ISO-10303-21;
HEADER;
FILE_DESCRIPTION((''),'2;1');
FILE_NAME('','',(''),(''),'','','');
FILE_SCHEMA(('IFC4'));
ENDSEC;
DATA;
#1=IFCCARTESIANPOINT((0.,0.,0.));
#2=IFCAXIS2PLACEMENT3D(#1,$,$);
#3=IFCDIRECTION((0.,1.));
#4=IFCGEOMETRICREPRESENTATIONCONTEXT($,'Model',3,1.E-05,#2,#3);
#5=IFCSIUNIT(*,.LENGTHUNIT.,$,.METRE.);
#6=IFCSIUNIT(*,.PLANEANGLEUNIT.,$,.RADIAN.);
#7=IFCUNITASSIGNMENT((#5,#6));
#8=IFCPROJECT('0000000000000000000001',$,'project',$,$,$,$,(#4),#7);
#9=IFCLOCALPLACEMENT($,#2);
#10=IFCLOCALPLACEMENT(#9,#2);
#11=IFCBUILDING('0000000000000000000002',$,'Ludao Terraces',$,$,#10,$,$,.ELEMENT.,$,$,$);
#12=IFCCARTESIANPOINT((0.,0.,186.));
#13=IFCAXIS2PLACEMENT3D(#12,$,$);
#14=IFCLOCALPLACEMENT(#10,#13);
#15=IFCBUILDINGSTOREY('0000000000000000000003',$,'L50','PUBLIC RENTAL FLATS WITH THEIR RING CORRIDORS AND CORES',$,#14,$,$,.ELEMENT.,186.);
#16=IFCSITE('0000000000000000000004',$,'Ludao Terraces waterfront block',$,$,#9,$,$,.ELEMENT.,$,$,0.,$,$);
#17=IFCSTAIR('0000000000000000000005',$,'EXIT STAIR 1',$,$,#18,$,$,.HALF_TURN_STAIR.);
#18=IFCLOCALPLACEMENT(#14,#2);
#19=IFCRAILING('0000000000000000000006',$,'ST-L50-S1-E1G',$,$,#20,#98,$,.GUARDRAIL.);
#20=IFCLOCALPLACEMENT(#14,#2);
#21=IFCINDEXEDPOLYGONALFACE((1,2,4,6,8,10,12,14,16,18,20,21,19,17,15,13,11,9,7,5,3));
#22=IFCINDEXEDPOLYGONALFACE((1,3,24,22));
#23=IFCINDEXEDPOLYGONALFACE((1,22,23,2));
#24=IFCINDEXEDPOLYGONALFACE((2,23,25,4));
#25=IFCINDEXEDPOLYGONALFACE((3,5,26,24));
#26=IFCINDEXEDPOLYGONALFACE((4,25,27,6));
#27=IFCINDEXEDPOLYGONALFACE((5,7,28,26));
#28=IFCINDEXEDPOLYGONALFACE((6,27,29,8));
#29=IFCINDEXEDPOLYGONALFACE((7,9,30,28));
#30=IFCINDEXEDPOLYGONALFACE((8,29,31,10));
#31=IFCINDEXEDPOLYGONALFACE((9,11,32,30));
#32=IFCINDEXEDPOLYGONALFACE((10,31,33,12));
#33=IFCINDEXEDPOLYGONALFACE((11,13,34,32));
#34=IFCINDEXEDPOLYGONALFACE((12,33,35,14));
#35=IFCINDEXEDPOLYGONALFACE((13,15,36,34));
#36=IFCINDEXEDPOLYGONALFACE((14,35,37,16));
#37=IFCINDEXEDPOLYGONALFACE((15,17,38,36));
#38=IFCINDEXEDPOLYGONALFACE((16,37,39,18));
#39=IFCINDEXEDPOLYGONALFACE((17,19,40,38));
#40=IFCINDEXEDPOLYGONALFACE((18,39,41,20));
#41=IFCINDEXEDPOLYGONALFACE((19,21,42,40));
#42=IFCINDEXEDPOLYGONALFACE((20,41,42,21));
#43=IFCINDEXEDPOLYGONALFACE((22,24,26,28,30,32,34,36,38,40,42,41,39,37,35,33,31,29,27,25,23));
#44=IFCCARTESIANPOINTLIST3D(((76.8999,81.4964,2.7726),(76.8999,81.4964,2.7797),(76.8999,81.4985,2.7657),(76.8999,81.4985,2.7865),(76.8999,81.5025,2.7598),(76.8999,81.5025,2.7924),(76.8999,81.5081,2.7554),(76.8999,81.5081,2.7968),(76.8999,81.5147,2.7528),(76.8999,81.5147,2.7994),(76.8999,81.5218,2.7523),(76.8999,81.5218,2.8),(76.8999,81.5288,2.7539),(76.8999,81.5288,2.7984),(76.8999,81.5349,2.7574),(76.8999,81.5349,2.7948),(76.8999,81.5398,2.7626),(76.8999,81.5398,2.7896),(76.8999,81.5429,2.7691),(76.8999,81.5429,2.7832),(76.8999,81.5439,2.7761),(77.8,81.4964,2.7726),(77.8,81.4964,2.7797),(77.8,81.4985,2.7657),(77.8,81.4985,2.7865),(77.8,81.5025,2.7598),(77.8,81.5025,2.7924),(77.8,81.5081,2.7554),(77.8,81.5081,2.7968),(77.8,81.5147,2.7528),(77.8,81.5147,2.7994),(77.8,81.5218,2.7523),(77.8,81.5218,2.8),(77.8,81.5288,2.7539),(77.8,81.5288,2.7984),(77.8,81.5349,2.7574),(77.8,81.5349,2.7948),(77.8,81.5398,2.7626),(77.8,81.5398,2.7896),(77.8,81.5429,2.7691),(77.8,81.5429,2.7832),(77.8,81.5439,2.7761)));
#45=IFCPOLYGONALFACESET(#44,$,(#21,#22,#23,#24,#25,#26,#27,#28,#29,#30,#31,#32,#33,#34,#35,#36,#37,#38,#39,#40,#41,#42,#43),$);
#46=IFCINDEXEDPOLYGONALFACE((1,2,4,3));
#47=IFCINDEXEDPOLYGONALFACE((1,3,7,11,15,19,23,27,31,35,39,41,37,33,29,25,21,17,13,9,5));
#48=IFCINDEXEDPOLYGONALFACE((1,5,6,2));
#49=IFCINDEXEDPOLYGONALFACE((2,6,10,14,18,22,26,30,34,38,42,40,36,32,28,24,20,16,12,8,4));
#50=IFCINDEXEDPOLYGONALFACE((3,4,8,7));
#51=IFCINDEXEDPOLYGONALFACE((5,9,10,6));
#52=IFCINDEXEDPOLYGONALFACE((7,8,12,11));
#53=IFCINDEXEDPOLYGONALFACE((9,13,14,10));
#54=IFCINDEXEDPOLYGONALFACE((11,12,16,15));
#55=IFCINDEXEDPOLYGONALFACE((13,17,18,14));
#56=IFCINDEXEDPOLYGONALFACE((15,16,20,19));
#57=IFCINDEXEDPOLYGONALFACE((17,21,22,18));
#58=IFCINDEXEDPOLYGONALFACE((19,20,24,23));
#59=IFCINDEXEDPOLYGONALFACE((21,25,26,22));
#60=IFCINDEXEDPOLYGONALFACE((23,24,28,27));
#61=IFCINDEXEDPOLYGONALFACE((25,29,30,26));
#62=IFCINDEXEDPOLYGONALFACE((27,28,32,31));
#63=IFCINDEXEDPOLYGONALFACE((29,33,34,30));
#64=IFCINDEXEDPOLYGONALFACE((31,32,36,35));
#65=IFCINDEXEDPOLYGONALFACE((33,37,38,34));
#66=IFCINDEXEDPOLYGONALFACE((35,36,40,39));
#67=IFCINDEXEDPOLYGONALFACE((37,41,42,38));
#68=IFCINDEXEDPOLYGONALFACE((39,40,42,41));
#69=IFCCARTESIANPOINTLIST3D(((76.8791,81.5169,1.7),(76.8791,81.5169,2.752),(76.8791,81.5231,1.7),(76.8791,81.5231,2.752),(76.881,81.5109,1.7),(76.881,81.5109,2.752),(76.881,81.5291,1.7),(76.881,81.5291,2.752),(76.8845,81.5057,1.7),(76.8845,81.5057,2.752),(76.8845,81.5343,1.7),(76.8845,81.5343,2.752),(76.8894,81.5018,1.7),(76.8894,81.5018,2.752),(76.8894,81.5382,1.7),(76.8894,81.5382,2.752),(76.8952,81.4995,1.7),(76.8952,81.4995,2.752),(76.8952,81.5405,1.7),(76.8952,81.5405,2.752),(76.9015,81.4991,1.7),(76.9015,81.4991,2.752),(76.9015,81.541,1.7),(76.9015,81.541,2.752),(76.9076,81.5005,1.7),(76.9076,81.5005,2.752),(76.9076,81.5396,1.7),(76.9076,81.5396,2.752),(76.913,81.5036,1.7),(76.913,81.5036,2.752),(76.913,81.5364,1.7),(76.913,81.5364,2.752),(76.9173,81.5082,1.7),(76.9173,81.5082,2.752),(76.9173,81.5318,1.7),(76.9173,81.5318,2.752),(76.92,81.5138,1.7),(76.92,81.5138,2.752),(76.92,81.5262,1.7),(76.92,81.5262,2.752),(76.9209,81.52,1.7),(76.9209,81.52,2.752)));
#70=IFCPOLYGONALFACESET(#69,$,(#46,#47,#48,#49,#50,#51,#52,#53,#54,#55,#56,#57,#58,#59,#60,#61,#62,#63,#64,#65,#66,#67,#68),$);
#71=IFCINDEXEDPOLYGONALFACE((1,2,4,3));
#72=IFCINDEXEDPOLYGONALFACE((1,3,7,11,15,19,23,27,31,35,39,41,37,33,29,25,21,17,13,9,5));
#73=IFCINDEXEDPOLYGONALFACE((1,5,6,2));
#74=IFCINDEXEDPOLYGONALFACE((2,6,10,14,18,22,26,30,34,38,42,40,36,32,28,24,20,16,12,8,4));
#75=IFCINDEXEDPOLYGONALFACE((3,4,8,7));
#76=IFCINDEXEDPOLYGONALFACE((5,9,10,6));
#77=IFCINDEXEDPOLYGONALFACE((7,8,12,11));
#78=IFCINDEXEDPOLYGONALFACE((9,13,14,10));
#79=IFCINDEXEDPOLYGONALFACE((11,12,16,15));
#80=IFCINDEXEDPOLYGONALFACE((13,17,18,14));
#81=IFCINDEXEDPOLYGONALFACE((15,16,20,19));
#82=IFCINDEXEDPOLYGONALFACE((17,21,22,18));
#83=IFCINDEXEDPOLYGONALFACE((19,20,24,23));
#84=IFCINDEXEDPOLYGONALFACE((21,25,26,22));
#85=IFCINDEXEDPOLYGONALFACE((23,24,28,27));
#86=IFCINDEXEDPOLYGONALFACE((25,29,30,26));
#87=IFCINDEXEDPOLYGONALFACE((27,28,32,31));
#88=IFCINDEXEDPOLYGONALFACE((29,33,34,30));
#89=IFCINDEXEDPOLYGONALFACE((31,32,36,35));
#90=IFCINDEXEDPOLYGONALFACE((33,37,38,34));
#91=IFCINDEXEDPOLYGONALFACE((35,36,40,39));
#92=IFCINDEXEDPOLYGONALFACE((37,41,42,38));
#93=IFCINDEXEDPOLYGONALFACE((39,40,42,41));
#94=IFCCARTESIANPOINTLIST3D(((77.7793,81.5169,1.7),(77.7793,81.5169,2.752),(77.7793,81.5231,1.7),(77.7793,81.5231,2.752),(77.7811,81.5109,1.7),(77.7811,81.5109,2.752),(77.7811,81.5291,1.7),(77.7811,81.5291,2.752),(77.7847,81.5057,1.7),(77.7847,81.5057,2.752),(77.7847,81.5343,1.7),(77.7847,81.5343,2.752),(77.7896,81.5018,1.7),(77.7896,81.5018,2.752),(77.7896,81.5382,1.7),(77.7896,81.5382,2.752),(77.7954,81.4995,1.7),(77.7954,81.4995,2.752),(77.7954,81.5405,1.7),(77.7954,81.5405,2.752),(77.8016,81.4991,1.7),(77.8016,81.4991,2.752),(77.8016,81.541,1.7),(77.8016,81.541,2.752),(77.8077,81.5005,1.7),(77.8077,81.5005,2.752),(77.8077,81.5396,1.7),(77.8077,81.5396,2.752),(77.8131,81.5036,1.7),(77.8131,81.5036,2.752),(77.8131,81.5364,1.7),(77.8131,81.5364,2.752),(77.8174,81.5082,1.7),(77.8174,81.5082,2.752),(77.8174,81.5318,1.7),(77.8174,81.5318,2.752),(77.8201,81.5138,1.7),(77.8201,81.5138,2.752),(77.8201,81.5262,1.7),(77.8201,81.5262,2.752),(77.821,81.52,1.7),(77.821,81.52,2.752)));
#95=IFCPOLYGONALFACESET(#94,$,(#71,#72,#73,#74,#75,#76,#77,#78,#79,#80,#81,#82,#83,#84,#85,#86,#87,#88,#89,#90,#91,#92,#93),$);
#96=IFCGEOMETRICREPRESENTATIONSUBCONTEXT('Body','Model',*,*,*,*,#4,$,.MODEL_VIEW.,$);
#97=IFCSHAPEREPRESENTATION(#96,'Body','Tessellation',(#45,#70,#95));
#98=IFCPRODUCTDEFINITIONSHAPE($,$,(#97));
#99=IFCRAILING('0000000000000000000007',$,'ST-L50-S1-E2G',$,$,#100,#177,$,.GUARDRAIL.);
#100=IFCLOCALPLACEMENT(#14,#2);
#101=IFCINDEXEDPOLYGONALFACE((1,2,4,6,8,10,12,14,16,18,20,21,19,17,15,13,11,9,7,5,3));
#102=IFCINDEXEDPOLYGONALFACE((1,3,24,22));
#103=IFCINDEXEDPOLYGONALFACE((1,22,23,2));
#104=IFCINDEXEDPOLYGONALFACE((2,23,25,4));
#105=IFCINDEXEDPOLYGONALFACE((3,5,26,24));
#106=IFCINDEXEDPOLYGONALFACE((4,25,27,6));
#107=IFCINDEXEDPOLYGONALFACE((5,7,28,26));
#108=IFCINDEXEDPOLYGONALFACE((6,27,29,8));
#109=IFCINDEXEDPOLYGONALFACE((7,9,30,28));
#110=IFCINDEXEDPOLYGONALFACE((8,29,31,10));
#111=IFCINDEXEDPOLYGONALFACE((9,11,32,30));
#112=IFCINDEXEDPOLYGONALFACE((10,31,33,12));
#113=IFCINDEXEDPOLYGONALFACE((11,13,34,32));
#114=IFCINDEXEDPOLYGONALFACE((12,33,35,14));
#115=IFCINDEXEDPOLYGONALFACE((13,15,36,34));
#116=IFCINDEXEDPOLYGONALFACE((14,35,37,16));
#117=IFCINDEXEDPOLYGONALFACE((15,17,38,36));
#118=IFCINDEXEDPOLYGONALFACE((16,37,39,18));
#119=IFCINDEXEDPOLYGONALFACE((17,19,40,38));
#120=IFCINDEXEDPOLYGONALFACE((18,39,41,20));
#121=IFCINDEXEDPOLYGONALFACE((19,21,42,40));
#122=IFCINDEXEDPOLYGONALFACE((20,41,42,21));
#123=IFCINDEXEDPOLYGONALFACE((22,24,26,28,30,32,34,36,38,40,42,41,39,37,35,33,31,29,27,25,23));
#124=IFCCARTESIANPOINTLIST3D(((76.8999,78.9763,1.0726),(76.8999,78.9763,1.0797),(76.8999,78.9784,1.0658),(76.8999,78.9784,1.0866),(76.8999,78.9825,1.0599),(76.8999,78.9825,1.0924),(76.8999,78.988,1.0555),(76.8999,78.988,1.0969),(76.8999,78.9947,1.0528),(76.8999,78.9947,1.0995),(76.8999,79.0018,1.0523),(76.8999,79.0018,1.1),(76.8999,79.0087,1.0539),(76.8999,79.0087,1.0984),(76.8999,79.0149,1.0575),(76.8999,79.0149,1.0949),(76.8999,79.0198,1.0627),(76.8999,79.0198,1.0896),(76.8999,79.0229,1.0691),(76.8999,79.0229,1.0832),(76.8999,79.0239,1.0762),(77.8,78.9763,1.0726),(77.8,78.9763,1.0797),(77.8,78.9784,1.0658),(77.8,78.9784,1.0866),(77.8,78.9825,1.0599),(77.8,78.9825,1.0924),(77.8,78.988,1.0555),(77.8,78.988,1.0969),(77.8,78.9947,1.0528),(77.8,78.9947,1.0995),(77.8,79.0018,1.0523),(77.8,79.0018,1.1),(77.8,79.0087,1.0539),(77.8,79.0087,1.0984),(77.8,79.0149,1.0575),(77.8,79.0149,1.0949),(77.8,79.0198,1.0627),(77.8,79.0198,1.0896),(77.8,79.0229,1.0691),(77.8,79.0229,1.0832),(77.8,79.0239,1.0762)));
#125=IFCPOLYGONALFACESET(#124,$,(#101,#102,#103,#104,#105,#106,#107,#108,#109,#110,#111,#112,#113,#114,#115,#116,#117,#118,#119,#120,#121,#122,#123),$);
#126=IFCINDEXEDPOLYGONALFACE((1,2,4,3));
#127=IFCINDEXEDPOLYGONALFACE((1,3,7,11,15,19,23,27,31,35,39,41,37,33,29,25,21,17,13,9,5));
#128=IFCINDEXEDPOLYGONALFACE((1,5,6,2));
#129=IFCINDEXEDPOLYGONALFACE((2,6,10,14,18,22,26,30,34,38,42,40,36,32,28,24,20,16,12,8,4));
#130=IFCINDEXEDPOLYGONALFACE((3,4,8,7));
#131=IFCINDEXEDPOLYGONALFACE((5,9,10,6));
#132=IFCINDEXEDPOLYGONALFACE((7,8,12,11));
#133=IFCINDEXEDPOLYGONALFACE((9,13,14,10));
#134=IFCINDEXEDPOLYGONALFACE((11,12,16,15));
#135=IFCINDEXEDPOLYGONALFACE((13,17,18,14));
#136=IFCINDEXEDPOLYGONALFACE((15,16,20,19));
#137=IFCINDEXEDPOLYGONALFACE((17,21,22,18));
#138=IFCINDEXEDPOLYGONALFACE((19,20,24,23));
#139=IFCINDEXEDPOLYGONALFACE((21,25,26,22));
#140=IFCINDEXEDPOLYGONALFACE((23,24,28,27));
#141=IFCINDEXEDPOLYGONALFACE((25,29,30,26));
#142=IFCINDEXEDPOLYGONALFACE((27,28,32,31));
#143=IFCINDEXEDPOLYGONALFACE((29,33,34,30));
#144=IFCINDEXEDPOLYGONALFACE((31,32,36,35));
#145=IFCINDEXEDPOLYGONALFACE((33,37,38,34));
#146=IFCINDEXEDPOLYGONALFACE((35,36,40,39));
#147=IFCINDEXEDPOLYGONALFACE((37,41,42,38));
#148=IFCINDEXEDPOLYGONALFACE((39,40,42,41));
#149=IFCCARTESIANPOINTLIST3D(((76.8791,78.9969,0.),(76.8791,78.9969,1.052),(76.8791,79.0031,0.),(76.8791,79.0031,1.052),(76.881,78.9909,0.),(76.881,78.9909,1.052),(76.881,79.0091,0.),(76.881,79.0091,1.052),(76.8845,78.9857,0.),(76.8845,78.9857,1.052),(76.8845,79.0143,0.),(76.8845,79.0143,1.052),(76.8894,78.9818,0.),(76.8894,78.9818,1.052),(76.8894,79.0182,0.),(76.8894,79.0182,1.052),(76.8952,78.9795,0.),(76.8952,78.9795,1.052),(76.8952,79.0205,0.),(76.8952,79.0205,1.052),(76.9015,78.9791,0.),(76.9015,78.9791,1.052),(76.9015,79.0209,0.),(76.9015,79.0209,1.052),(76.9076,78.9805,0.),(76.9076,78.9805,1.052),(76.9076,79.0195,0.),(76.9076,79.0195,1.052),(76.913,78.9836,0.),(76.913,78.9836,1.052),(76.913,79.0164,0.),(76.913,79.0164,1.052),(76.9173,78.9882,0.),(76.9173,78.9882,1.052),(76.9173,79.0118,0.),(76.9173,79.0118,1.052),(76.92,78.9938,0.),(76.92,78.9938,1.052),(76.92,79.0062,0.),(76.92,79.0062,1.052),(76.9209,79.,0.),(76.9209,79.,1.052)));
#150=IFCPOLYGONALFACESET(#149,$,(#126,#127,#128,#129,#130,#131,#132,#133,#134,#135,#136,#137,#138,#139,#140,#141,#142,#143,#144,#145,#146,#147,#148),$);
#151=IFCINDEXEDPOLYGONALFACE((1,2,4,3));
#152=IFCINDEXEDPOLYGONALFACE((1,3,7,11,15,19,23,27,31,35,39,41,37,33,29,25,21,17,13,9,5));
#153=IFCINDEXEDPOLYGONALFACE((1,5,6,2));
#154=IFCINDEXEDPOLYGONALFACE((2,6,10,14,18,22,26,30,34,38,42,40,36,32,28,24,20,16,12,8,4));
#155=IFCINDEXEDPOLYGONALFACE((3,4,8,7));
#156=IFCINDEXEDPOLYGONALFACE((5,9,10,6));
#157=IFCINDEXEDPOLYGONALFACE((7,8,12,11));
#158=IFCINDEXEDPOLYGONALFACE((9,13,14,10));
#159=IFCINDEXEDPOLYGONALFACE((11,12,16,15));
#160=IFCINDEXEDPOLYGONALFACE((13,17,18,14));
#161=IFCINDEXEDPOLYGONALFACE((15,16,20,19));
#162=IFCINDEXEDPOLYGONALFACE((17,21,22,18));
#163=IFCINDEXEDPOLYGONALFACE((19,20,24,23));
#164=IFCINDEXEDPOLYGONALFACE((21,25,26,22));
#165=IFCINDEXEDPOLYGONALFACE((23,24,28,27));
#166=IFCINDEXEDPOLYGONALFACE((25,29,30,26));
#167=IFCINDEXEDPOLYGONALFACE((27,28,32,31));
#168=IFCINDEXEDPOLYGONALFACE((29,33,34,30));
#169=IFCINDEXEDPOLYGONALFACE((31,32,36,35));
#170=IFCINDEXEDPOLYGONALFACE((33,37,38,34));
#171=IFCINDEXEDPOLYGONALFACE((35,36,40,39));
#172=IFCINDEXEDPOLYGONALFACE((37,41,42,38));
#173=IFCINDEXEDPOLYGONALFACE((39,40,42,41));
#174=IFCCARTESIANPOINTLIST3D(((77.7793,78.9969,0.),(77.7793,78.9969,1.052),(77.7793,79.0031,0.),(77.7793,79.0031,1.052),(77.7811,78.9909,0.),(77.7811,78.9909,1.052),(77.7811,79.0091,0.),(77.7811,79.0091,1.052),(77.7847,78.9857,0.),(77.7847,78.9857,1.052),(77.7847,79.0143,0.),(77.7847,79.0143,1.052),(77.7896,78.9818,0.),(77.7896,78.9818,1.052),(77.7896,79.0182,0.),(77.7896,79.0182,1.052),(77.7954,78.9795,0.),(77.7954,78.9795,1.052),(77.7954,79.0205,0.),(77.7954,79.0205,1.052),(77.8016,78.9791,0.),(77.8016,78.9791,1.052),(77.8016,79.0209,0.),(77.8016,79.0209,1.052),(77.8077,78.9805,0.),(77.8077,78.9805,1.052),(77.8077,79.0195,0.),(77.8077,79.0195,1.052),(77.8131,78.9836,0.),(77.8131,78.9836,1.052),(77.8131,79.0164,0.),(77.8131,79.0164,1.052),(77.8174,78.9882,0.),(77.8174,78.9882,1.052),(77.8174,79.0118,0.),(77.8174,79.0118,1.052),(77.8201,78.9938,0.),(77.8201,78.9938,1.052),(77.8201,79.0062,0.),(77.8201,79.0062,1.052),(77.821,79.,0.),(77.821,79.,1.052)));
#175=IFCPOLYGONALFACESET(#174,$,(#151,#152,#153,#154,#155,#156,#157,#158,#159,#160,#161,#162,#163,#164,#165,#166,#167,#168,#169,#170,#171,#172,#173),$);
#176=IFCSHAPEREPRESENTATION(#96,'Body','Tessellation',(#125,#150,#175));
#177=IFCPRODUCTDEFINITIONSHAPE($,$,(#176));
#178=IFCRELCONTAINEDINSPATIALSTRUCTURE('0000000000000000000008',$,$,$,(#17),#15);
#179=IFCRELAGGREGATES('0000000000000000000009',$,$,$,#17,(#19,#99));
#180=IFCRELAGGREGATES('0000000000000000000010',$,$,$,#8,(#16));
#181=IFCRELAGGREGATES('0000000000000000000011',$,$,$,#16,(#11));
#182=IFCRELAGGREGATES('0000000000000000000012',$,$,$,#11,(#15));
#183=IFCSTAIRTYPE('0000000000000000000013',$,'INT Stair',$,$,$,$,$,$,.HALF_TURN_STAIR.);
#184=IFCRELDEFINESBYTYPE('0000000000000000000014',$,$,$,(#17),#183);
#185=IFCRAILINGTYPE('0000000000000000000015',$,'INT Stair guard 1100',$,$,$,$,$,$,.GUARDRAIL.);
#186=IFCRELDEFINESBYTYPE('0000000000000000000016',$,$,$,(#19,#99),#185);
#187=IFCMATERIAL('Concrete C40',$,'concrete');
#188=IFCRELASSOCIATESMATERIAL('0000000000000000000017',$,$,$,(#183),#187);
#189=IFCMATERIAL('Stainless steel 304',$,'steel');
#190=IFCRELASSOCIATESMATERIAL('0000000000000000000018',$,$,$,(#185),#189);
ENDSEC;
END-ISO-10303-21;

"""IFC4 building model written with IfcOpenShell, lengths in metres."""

from ifc_helpers import new_model, si_unit, direction, frame, origin, origin_2d, place, context, subcontext, project, spatial, circle, extrude, material, type_object, element, aggregate, save


model = new_model("IFC4")

# Units and contexts
model_context = context("Model", 3, precision=1e-05, world=origin(), true_north=direction((0.0, 1.0)))
body_context = subcontext(model_context, "Body", "Model", "MODEL_VIEW")
ifc_project = project(units=[si_unit("LENGTHUNIT", "METRE"), si_unit("PLANEANGLEUNIT", "RADIAN")], contexts=[model_context])

# Site, building, storey
site_placement = place(None, origin())
site = spatial("IfcSite", under=ifc_project, at=site_placement, Name="Ludao Terraces waterfront block", CompositionType="ELEMENT", RefElevation=0.0)
building_placement = place(site_placement, origin())
building = spatial("IfcBuilding", under=site, at=building_placement, Name="Ludao Terraces", CompositionType="ELEMENT")
storey_placement = place(building_placement, frame((0.0, 0.0, 186.0)))
storey = spatial("IfcBuildingStorey", under=building, at=storey_placement, Name="L50", Description="PUBLIC RENTAL FLATS WITH THEIR RING CORRIDORS AND CORES", CompositionType="ELEMENT", Elevation=186.0)

# Shared definitions
ifc_material_1 = material(Name="Concrete C40", Category="concrete")

# Shared definitions
ifc_material_2 = material(Name="Stainless steel 304", Category="steel")

# Stair, railings
stair_type = type_object("IfcStairType", Name="INT Stair", PredefinedType="HALF_TURN_STAIR", material=ifc_material_1)
stair_placement = place(storey_placement, origin())
stair = element("IfcStair", 1, at=stair_placement, inside=storey, type_object=stair_type, Name="EXIT STAIR 1", PredefinedType="HALF_TURN_STAIR")
railing_type_1 = type_object("IfcRailingType", Name="INT Stair guard 1100", PredefinedType="GUARDRAIL", material=ifc_material_2)
railing_1_placement = place(storey_placement, frame((76.8999, 81.52, 1.7)))
railing_1 = element("IfcRailing", 2, at=railing_1_placement, type_object=railing_type_1, Name="ST-L50-S1-E1G", PredefinedType="GUARDRAIL", context=body_context, shape_type="SweptSolid", body=[
    extrude(circle(Radius=0.0239, at=origin_2d()), frame((0.0, 0.0, 1.0762), z_axis=(1.0, 0.0, 0.0), x_axis=(0.0, 1.0, 0.0)), (0.0, 0.0, 1.0), 0.9001),
    extrude(circle(Radius=0.021, at=origin_2d()), origin(), (0.0, 0.0, 1.0), 1.052),
    extrude(circle(Radius=0.021, at=origin_2d()), frame((0.9001, 0.0, 0.0)), (0.0, 0.0, 1.0), 1.052),
])
railing_2_placement = place(storey_placement, frame((76.8999, 79.0, 0.0)))
railing_2 = element("IfcRailing", 3, at=railing_2_placement, type_object=railing_type_1, Name="ST-L50-S1-E2G", PredefinedType="GUARDRAIL", context=body_context, shape_type="SweptSolid", body=[
    extrude(circle(Radius=0.0239, at=origin_2d()), frame((0.0, 0.0, 1.0762), z_axis=(1.0, 0.0, 0.0), x_axis=(0.0, 1.0, 0.0)), (0.0, 0.0, 1.0), 0.9001),
    extrude(circle(Radius=0.021, at=origin_2d()), origin(), (0.0, 0.0, 1.0), 1.052),
    extrude(circle(Radius=0.021, at=origin_2d()), frame((0.9001, 0.0, 0.0)), (0.0, 0.0, 1.0), 1.052),
])
aggregate(stair, [railing_1, railing_2])

save(model, "model.ifc")
